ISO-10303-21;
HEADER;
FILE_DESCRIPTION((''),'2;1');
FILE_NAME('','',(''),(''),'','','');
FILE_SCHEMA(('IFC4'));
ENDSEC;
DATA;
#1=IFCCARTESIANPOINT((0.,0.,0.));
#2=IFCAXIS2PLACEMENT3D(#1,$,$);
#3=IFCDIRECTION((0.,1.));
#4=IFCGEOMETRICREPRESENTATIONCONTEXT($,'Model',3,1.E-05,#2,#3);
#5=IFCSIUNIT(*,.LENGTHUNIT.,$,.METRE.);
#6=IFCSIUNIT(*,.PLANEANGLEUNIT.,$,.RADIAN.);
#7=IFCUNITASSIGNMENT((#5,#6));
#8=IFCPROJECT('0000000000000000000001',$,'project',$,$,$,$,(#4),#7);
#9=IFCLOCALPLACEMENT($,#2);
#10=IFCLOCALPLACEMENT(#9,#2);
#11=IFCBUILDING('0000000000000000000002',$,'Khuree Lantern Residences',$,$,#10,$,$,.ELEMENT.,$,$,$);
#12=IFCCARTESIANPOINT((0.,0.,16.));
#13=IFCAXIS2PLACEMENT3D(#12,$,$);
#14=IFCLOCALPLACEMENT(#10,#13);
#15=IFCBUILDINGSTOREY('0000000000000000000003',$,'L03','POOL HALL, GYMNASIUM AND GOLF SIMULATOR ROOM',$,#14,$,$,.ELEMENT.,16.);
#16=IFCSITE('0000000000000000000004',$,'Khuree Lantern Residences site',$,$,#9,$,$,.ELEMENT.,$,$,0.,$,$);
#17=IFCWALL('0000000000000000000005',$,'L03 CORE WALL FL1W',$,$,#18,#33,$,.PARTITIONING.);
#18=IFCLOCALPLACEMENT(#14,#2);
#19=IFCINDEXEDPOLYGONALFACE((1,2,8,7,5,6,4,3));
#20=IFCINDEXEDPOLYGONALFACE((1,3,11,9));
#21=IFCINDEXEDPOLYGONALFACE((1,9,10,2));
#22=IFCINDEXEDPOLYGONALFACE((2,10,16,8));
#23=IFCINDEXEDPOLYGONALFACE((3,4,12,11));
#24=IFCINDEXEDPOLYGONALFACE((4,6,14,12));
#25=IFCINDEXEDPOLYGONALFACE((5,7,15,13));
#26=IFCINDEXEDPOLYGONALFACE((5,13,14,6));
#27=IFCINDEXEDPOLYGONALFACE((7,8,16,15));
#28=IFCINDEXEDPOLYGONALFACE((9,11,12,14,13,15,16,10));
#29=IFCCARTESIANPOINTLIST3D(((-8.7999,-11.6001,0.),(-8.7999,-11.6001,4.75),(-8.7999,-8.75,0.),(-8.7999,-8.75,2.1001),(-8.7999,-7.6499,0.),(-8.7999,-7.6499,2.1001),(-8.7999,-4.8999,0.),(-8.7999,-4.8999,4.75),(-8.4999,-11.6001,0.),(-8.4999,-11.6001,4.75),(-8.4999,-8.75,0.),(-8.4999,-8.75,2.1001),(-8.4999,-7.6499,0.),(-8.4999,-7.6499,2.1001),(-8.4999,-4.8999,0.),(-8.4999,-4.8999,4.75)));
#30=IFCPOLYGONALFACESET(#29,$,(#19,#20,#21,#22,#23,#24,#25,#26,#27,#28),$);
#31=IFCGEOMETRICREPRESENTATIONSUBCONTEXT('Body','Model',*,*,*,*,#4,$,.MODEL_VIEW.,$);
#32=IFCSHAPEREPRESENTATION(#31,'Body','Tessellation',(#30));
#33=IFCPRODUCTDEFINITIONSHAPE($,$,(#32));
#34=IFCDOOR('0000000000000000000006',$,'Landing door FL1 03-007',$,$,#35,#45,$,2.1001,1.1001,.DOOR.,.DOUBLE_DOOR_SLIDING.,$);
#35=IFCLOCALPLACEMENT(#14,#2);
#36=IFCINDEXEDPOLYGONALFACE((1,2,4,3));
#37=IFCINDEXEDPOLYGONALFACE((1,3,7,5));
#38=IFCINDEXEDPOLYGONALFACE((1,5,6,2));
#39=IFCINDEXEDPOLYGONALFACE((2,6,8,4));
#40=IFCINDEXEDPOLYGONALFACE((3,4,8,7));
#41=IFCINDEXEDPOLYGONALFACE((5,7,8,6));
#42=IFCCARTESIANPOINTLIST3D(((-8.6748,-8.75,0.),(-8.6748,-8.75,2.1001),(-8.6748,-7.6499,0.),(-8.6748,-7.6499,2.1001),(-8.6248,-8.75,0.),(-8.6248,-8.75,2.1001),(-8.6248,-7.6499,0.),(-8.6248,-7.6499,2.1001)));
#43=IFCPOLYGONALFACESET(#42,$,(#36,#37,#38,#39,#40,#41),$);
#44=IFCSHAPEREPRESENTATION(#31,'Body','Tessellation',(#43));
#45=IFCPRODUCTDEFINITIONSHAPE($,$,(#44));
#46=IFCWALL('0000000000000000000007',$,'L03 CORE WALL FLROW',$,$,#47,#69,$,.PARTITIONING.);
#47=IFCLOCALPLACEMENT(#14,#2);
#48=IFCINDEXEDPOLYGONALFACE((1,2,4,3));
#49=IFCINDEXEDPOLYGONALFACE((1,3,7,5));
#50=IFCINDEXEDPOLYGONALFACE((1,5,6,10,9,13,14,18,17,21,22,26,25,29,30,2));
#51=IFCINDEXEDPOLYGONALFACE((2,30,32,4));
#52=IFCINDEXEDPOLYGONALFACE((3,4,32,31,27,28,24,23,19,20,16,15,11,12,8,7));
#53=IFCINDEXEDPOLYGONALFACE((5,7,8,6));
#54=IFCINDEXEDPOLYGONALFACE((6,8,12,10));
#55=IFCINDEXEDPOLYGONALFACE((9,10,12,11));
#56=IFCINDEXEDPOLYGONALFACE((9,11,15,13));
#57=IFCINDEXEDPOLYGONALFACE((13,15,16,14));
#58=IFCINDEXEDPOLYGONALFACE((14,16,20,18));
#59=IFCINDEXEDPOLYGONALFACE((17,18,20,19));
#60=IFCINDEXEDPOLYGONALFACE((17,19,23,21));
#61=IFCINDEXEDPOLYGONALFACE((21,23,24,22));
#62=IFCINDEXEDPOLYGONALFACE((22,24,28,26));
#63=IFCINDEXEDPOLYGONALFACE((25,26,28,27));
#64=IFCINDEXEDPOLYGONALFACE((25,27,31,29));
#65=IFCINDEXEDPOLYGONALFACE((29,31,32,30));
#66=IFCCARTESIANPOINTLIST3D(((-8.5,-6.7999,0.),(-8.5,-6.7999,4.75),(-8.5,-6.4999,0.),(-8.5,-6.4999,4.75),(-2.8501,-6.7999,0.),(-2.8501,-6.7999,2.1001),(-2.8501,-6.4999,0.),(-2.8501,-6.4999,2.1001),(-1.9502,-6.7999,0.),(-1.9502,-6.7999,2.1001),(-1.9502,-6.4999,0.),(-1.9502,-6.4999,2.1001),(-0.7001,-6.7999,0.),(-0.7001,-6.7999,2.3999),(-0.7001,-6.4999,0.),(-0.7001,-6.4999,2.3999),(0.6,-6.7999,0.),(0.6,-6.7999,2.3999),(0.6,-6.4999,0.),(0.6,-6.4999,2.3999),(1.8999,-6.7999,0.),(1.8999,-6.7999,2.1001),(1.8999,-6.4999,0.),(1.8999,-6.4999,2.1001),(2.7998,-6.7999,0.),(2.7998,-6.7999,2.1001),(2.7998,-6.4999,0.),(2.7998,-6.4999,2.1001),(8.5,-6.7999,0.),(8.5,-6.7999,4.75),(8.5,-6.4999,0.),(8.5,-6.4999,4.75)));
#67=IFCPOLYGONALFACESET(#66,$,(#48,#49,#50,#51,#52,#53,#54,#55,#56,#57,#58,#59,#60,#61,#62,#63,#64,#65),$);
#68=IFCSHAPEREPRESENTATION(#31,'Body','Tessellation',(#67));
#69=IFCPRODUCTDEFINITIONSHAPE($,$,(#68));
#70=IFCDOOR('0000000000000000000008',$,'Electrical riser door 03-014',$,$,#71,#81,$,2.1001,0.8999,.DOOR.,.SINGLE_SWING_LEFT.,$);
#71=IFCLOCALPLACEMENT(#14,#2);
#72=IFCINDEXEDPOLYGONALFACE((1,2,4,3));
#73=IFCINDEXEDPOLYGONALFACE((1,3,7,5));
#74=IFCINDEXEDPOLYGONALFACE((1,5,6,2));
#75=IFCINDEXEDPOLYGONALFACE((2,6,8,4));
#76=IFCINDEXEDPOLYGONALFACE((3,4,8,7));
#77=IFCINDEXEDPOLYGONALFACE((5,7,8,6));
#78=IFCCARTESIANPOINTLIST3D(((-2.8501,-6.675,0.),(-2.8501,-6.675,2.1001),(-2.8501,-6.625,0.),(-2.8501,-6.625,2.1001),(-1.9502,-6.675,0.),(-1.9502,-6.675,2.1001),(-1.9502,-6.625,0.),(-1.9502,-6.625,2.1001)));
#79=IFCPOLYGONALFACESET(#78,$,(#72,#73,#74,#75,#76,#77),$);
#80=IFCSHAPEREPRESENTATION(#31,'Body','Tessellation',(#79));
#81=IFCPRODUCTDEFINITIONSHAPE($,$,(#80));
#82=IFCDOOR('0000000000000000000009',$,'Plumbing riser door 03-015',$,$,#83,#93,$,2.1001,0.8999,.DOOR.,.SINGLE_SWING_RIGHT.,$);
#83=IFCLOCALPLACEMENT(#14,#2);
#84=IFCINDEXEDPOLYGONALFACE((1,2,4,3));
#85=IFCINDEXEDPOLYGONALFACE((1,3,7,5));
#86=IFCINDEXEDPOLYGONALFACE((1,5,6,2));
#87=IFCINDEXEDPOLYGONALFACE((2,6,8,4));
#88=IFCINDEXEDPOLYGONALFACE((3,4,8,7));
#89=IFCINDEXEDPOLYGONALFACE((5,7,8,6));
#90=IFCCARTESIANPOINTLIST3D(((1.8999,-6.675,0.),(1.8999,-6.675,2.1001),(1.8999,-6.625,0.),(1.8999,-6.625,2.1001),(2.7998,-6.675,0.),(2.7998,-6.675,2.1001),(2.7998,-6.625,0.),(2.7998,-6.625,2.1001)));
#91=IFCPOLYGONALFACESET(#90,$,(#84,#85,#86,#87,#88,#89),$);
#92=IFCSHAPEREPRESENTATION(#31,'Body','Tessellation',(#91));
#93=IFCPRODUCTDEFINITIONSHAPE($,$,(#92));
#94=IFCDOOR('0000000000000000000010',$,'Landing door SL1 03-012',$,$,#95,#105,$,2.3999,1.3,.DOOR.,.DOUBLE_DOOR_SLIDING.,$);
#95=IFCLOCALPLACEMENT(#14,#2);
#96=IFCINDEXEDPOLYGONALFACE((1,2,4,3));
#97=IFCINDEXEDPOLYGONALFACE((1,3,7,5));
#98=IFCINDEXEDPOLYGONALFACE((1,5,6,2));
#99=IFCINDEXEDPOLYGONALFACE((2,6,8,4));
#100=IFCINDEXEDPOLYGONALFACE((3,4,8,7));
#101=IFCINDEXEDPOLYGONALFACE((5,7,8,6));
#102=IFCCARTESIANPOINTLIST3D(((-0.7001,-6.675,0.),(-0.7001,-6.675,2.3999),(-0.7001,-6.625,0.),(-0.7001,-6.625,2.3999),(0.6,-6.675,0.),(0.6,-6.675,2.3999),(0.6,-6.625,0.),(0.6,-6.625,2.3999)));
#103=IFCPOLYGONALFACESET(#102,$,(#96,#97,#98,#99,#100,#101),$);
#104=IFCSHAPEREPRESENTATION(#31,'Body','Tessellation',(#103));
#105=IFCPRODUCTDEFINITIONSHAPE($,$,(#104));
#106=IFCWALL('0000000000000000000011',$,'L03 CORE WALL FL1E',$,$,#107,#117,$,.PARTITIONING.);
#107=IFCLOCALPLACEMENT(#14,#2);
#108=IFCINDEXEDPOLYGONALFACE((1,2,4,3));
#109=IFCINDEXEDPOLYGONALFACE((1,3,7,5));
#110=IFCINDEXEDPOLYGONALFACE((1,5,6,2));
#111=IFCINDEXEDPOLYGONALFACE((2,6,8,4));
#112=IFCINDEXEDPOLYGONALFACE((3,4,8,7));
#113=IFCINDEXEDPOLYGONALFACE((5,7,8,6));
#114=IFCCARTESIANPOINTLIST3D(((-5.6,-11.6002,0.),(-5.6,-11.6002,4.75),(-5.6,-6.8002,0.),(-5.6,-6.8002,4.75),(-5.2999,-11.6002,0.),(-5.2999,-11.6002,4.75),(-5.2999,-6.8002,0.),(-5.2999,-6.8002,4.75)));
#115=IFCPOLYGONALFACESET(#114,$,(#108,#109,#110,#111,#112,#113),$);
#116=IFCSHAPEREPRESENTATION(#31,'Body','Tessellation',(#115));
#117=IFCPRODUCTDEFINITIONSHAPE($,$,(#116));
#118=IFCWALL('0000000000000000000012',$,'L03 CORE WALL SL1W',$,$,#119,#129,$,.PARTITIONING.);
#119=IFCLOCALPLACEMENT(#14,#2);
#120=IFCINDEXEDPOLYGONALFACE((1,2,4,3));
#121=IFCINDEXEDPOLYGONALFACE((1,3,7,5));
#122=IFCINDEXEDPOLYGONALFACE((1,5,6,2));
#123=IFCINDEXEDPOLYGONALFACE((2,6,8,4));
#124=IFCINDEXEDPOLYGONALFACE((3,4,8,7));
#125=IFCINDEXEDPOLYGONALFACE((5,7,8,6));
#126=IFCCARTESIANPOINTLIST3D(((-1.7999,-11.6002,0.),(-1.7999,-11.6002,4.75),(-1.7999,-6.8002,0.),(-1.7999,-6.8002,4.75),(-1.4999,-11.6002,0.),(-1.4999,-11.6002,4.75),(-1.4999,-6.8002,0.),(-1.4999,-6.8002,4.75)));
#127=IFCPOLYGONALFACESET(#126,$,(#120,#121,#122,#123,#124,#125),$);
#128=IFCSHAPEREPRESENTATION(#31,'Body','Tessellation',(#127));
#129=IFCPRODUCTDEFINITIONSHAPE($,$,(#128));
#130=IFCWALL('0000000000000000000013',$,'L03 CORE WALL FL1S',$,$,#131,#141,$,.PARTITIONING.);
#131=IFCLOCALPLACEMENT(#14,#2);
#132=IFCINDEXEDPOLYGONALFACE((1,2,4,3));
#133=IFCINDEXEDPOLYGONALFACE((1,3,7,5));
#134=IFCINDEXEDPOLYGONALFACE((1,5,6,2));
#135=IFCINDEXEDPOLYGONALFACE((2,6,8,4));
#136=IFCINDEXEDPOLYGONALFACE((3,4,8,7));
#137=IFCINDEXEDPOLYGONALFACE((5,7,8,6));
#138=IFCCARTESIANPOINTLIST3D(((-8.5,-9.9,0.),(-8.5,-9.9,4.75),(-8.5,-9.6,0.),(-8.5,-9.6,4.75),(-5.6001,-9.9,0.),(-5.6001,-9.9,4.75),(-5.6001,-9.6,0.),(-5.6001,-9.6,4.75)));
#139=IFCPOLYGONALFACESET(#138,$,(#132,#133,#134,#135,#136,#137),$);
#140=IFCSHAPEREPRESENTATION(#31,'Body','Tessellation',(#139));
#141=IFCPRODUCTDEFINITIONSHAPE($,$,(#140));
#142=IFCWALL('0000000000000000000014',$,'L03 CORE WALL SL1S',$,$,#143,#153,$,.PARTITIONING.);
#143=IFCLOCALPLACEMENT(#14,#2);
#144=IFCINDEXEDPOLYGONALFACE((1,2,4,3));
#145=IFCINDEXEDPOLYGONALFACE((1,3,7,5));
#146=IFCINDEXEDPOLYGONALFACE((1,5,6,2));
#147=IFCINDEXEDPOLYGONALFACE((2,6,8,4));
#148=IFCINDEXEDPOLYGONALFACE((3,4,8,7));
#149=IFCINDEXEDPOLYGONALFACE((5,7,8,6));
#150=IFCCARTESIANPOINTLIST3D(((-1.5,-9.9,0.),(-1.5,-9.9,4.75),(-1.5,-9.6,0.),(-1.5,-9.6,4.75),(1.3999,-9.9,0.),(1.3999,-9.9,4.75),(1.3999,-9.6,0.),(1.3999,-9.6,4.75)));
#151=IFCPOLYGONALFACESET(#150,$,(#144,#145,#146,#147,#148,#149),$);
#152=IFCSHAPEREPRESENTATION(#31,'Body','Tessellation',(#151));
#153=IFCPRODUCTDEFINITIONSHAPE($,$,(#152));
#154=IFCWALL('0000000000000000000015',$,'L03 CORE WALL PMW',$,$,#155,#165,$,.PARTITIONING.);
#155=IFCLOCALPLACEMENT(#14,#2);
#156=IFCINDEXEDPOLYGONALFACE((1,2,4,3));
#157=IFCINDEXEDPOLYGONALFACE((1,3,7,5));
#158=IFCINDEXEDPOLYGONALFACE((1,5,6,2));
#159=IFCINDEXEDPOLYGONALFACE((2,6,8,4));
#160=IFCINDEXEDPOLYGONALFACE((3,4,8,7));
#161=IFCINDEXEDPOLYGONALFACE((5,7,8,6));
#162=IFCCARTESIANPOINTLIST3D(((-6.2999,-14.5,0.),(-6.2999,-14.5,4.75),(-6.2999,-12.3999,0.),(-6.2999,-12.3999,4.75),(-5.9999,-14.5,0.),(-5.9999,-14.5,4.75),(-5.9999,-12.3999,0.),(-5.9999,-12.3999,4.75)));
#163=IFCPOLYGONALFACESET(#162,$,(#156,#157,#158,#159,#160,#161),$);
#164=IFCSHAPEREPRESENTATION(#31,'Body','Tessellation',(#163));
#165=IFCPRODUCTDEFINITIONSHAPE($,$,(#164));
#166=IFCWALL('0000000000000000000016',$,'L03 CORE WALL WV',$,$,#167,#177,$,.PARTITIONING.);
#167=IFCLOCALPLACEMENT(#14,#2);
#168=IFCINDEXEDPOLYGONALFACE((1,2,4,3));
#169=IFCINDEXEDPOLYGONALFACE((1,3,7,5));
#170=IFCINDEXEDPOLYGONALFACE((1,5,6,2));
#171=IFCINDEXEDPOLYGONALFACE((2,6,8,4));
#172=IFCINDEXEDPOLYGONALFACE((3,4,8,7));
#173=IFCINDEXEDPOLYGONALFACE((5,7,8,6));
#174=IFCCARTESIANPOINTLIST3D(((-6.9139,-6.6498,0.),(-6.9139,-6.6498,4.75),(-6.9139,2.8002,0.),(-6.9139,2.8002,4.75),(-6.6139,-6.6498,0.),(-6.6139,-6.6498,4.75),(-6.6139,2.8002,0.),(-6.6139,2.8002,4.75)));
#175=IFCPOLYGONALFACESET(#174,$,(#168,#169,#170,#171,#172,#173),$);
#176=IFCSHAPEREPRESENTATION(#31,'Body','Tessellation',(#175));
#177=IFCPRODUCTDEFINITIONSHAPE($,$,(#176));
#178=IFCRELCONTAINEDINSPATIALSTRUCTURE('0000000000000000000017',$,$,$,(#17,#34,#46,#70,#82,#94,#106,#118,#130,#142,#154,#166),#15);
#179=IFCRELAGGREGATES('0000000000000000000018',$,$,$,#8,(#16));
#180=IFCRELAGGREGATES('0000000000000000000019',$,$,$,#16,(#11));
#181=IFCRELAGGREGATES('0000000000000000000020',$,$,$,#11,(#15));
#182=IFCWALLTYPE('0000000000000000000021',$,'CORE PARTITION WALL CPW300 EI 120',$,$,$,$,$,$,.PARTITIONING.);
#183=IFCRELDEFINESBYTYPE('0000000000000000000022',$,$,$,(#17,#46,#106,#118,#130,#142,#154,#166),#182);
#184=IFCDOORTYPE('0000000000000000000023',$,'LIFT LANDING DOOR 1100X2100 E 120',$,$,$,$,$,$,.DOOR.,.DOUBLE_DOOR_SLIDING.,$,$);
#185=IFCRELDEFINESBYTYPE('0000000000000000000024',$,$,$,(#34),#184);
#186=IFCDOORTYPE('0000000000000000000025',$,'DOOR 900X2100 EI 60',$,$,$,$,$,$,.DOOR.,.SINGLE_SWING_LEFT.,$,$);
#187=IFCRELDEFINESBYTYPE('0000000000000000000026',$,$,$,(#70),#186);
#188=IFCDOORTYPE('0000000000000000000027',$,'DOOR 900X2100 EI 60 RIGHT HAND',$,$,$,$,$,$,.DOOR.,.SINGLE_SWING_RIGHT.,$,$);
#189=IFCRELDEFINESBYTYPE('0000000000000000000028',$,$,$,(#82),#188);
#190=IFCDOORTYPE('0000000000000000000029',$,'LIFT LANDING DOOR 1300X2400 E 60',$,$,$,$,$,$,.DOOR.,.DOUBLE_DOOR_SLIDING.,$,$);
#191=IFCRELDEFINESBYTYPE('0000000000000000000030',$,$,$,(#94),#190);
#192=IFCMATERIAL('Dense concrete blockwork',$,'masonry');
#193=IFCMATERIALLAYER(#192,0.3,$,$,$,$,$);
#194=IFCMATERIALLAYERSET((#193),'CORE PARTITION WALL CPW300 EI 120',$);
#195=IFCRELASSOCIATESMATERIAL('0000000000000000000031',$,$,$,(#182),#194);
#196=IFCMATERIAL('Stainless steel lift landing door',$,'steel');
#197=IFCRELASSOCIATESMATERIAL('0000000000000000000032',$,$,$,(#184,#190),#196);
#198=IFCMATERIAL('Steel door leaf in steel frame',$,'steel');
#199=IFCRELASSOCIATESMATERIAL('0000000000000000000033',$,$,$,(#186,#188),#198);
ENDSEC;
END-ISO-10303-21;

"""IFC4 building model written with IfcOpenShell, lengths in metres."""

from ifc_helpers import new_model, si_unit, direction, frame, frame_2d, origin, place, context, subcontext, project, spatial, rectangle, extrude, material, layer, layer_set, type_object, element, fill, save


model = new_model("IFC4")

# Units and contexts
model_context = context("Model", 3, precision=1e-05, world=origin(), true_north=direction((0.0, 1.0)))
body_context = subcontext(model_context, "Body", "Model", "MODEL_VIEW")
ifc_project = project(units=[si_unit("LENGTHUNIT", "METRE"), si_unit("PLANEANGLEUNIT", "RADIAN")], contexts=[model_context])

# Site, building, storey
site_placement = place(None, origin())
site = spatial("IfcSite", under=ifc_project, at=site_placement, Name="Khuree Lantern Residences site", CompositionType="ELEMENT", RefElevation=0.0)
building_placement = place(site_placement, origin())
building = spatial("IfcBuilding", under=site, at=building_placement, Name="Khuree Lantern Residences", CompositionType="ELEMENT")
storey_placement = place(building_placement, frame((0.0, 0.0, 16.0)))
storey = spatial("IfcBuildingStorey", under=building, at=storey_placement, Name="L03", Description="POOL HALL, GYMNASIUM AND GOLF SIMULATOR ROOM", CompositionType="ELEMENT", Elevation=16.0)

# Wall, opening, door
ifc_material_1 = material(Name="Dense concrete blockwork", Category="masonry")
ifc_layer_1 = layer(ifc_material_1, 0.3)
ifc_layer_set_1 = layer_set([ifc_layer_1], Name="CORE PARTITION WALL CPW300 EI 120")
wall_type_1 = type_object("IfcWallType", Name="CORE PARTITION WALL CPW300 EI 120", PredefinedType="PARTITIONING", material=ifc_layer_set_1)
wall_1_placement = place(storey_placement, frame((-8.6499, -11.6001, 0.0), z_axis=(0.0, 0.0, 1.0), x_axis=(0.0, 1.0, 0.0)))
wall_1 = element("IfcWall", 1, at=wall_1_placement, inside=storey, type_object=wall_type_1, Name="L03 CORE WALL FL1W", PredefinedType="PARTITIONING", context=body_context, shape_type="SweptSolid", body=[
    extrude(rectangle(XDim=6.7002, YDim=0.3, at=frame_2d((3.3501, 0.0))), origin(), (0.0, 0.0, 1.0), 4.75),
])
opening_1_placement = place(wall_1_placement, frame((2.8501, 0.0, 0.0)))
opening_1 = element("IfcOpeningElement", 2, at=opening_1_placement, cuts=wall_1, PredefinedType="OPENING", context=body_context, shape_type="SweptSolid", body=[
    extrude(rectangle(XDim=1.1001, YDim=2.1001, at=frame_2d((0.55, 1.05))), frame((0.0, 0.1602, 0.0), z_axis=(0.0, -1.0, 0.0), x_axis=(1.0, 0.0, 0.0)), (0.0, 0.0, 1.0), 0.3201),
])
ifc_material_2 = material(Name="Stainless steel lift landing door", Category="steel")
door_type_1 = type_object("IfcDoorType", Name="LIFT LANDING DOOR 1100X2100 E 120", OperationType="DOUBLE_DOOR_SLIDING", PredefinedType="DOOR", material=ifc_material_2)
door_1_placement = place(opening_1_placement, origin())
door_1 = element("IfcDoor", 3, at=door_1_placement, inside=storey, type_object=door_type_1, Name="Landing door FL1 03-007", OperationType="DOUBLE_DOOR_SLIDING", OverallHeight=2.1001, OverallWidth=1.1001, PredefinedType="DOOR", context=body_context, shape_type="SweptSolid", body=[
    extrude(rectangle(XDim=1.1001, YDim=2.1001, at=frame_2d((0.55, 1.05))), frame((0.0, 0.0249, 0.0), z_axis=(0.0, -1.0, 0.0), x_axis=(1.0, 0.0, 0.0)), (0.0, 0.0, 1.0), 0.05),
])
fill(opening_1, door_1)

# Wall, openings, doors
wall_2_placement = place(storey_placement, frame((-8.5, -6.6499, 0.0), z_axis=(0.0, 0.0, 1.0), x_axis=(1.0, 0.0, 0.0)))
wall_2 = element("IfcWall", 4, at=wall_2_placement, inside=storey, type_object=wall_type_1, Name="L03 CORE WALL FLROW", PredefinedType="PARTITIONING", context=body_context, shape_type="SweptSolid", body=[
    extrude(rectangle(XDim=17.0, YDim=0.3, at=frame_2d((8.5, 0.0))), origin(), (0.0, 0.0, 1.0), 4.75),
])
opening_2_placement = place(wall_2_placement, frame((7.8, 0.0, 0.0)))
opening_2 = element("IfcOpeningElement", 5, at=opening_2_placement, cuts=wall_2, PredefinedType="OPENING", context=body_context, shape_type="SweptSolid", body=[
    extrude(rectangle(XDim=1.3, YDim=2.3999, at=frame_2d((0.6499, 1.2))), frame((0.0, 0.1602, 0.0), z_axis=(0.0, -1.0, 0.0), x_axis=(1.0, 0.0, 0.0)), (0.0, 0.0, 1.0), 0.3201),
])
opening_3_placement = place(wall_2_placement, frame((5.6499, 0.0, 0.0)))
opening_3 = element("IfcOpeningElement", 6, at=opening_3_placement, cuts=wall_2, PredefinedType="OPENING", context=body_context, shape_type="SweptSolid", body=[
    extrude(rectangle(XDim=0.8999, YDim=2.1001, at=frame_2d((0.45, 1.05))), frame((0.0, 0.1602, 0.0), z_axis=(0.0, -1.0, 0.0), x_axis=(1.0, 0.0, 0.0)), (0.0, 0.0, 1.0), 0.3201),
])
opening_4_placement = place(wall_2_placement, frame((10.3999, 0.0, 0.0)))
opening_4 = element("IfcOpeningElement", 7, at=opening_4_placement, cuts=wall_2, PredefinedType="OPENING", context=body_context, shape_type="SweptSolid", body=[
    extrude(rectangle(XDim=0.8999, YDim=2.1001, at=frame_2d((0.45, 1.05))), frame((0.0, 0.1602, 0.0), z_axis=(0.0, -1.0, 0.0), x_axis=(1.0, 0.0, 0.0)), (0.0, 0.0, 1.0), 0.3201),
])
ifc_material_3 = material(Name="Steel door leaf in steel frame", Category="steel")
door_type_2 = type_object("IfcDoorType", Name="DOOR 900X2100 EI 60", OperationType="SINGLE_SWING_LEFT", PredefinedType="DOOR", material=ifc_material_3)
door_2_placement = place(opening_3_placement, origin())
door_2 = element("IfcDoor", 8, at=door_2_placement, inside=storey, type_object=door_type_2, Name="Electrical riser door 03-014", OperationType="SINGLE_SWING_LEFT", OverallHeight=2.1001, OverallWidth=0.8999, PredefinedType="DOOR", context=body_context, shape_type="SweptSolid", body=[
    extrude(rectangle(XDim=0.8999, YDim=2.1001, at=frame_2d((0.45, 1.05))), frame((0.0, 0.0249, 0.0), z_axis=(0.0, -1.0, 0.0), x_axis=(1.0, 0.0, 0.0)), (0.0, 0.0, 1.0), 0.05),
])
fill(opening_3, door_2)
door_type_3 = type_object("IfcDoorType", Name="DOOR 900X2100 EI 60 RIGHT HAND", OperationType="SINGLE_SWING_RIGHT", PredefinedType="DOOR", material=ifc_material_3)
door_3_placement = place(opening_4_placement, origin())
door_3 = element("IfcDoor", 9, at=door_3_placement, inside=storey, type_object=door_type_3, Name="Plumbing riser door 03-015", OperationType="SINGLE_SWING_RIGHT", OverallHeight=2.1001, OverallWidth=0.8999, PredefinedType="DOOR", context=body_context, shape_type="SweptSolid", body=[
    extrude(rectangle(XDim=0.8999, YDim=2.1001, at=frame_2d((0.45, 1.05))), frame((0.0, 0.0249, 0.0), z_axis=(0.0, -1.0, 0.0), x_axis=(1.0, 0.0, 0.0)), (0.0, 0.0, 1.0), 0.05),
])
fill(opening_4, door_3)
door_type_4 = type_object("IfcDoorType", Name="LIFT LANDING DOOR 1300X2400 E 60", OperationType="DOUBLE_DOOR_SLIDING", PredefinedType="DOOR", material=ifc_material_2)
door_4_placement = place(opening_2_placement, origin())
door_4 = element("IfcDoor", 10, at=door_4_placement, inside=storey, type_object=door_type_4, Name="Landing door SL1 03-012", OperationType="DOUBLE_DOOR_SLIDING", OverallHeight=2.3999, OverallWidth=1.3, PredefinedType="DOOR", context=body_context, shape_type="SweptSolid", body=[
    extrude(rectangle(XDim=1.3, YDim=2.3999, at=frame_2d((0.6499, 1.2))), frame((0.0, 0.0249, 0.0), z_axis=(0.0, -1.0, 0.0), x_axis=(1.0, 0.0, 0.0)), (0.0, 0.0, 1.0), 0.05),
])
fill(opening_2, door_4)

# Walls
for number, where, z_axis, x_axis, name in (
    (11, (-5.45, -11.6001, 0.0), (0.0, 0.0, 1.0), (0.0, 1.0, 0.0), "L03 CORE WALL FL1E"),
    (12, (-1.6499, -11.6001, 0.0), (0.0, 0.0, 1.0), (0.0, 1.0, 0.0), "L03 CORE WALL SL1W"),
):
    element("IfcWall", number, at=place(storey_placement, frame(where, z_axis=z_axis, x_axis=x_axis)), inside=storey, type_object=wall_type_1, Name=name, PredefinedType="PARTITIONING", context=body_context, shape_type="SweptSolid", body=[
        extrude(rectangle(XDim=4.8, YDim=0.3, at=frame_2d((2.3999, 0.0))), origin(), (0.0, 0.0, 1.0), 4.75),
    ])
for number, where, z_axis, x_axis, name in (
    (13, (-8.5, -9.75, 0.0), (0.0, 0.0, 1.0), (1.0, 0.0, 0.0), "L03 CORE WALL FL1S"),
    (14, (-1.5, -9.75, 0.0), (0.0, 0.0, 1.0), (1.0, 0.0, 0.0), "L03 CORE WALL SL1S"),
):
    element("IfcWall", number, at=place(storey_placement, frame(where, z_axis=z_axis, x_axis=x_axis)), inside=storey, type_object=wall_type_1, Name=name, PredefinedType="PARTITIONING", context=body_context, shape_type="SweptSolid", body=[
        extrude(rectangle(XDim=2.8999, YDim=0.3, at=frame_2d((1.45, 0.0))), origin(), (0.0, 0.0, 1.0), 4.75),
    ])
wall_3_placement = place(storey_placement, frame((-6.1499, -14.5, 0.0), z_axis=(0.0, 0.0, 1.0), x_axis=(0.0, 1.0, 0.0)))
element("IfcWall", 15, at=wall_3_placement, inside=storey, type_object=wall_type_1, Name="L03 CORE WALL PMW", PredefinedType="PARTITIONING", context=body_context, shape_type="SweptSolid", body=[
    extrude(rectangle(XDim=2.1001, YDim=0.3, at=frame_2d((1.05, 0.0))), origin(), (0.0, 0.0, 1.0), 4.75),
])
wall_4_placement = place(storey_placement, frame((-6.7639, -6.6499, 0.0), z_axis=(0.0, 0.0, 1.0), x_axis=(0.0, 1.0, 0.0)))
element("IfcWall", 16, at=wall_4_placement, inside=storey, type_object=wall_type_1, Name="L03 CORE WALL WV", PredefinedType="PARTITIONING", context=body_context, shape_type="SweptSolid", body=[
    extrude(rectangle(XDim=9.45, YDim=0.3, at=frame_2d((4.7251, 0.0))), origin(), (0.0, 0.0, 1.0), 4.75),
])

save(model, "model.ifc")
